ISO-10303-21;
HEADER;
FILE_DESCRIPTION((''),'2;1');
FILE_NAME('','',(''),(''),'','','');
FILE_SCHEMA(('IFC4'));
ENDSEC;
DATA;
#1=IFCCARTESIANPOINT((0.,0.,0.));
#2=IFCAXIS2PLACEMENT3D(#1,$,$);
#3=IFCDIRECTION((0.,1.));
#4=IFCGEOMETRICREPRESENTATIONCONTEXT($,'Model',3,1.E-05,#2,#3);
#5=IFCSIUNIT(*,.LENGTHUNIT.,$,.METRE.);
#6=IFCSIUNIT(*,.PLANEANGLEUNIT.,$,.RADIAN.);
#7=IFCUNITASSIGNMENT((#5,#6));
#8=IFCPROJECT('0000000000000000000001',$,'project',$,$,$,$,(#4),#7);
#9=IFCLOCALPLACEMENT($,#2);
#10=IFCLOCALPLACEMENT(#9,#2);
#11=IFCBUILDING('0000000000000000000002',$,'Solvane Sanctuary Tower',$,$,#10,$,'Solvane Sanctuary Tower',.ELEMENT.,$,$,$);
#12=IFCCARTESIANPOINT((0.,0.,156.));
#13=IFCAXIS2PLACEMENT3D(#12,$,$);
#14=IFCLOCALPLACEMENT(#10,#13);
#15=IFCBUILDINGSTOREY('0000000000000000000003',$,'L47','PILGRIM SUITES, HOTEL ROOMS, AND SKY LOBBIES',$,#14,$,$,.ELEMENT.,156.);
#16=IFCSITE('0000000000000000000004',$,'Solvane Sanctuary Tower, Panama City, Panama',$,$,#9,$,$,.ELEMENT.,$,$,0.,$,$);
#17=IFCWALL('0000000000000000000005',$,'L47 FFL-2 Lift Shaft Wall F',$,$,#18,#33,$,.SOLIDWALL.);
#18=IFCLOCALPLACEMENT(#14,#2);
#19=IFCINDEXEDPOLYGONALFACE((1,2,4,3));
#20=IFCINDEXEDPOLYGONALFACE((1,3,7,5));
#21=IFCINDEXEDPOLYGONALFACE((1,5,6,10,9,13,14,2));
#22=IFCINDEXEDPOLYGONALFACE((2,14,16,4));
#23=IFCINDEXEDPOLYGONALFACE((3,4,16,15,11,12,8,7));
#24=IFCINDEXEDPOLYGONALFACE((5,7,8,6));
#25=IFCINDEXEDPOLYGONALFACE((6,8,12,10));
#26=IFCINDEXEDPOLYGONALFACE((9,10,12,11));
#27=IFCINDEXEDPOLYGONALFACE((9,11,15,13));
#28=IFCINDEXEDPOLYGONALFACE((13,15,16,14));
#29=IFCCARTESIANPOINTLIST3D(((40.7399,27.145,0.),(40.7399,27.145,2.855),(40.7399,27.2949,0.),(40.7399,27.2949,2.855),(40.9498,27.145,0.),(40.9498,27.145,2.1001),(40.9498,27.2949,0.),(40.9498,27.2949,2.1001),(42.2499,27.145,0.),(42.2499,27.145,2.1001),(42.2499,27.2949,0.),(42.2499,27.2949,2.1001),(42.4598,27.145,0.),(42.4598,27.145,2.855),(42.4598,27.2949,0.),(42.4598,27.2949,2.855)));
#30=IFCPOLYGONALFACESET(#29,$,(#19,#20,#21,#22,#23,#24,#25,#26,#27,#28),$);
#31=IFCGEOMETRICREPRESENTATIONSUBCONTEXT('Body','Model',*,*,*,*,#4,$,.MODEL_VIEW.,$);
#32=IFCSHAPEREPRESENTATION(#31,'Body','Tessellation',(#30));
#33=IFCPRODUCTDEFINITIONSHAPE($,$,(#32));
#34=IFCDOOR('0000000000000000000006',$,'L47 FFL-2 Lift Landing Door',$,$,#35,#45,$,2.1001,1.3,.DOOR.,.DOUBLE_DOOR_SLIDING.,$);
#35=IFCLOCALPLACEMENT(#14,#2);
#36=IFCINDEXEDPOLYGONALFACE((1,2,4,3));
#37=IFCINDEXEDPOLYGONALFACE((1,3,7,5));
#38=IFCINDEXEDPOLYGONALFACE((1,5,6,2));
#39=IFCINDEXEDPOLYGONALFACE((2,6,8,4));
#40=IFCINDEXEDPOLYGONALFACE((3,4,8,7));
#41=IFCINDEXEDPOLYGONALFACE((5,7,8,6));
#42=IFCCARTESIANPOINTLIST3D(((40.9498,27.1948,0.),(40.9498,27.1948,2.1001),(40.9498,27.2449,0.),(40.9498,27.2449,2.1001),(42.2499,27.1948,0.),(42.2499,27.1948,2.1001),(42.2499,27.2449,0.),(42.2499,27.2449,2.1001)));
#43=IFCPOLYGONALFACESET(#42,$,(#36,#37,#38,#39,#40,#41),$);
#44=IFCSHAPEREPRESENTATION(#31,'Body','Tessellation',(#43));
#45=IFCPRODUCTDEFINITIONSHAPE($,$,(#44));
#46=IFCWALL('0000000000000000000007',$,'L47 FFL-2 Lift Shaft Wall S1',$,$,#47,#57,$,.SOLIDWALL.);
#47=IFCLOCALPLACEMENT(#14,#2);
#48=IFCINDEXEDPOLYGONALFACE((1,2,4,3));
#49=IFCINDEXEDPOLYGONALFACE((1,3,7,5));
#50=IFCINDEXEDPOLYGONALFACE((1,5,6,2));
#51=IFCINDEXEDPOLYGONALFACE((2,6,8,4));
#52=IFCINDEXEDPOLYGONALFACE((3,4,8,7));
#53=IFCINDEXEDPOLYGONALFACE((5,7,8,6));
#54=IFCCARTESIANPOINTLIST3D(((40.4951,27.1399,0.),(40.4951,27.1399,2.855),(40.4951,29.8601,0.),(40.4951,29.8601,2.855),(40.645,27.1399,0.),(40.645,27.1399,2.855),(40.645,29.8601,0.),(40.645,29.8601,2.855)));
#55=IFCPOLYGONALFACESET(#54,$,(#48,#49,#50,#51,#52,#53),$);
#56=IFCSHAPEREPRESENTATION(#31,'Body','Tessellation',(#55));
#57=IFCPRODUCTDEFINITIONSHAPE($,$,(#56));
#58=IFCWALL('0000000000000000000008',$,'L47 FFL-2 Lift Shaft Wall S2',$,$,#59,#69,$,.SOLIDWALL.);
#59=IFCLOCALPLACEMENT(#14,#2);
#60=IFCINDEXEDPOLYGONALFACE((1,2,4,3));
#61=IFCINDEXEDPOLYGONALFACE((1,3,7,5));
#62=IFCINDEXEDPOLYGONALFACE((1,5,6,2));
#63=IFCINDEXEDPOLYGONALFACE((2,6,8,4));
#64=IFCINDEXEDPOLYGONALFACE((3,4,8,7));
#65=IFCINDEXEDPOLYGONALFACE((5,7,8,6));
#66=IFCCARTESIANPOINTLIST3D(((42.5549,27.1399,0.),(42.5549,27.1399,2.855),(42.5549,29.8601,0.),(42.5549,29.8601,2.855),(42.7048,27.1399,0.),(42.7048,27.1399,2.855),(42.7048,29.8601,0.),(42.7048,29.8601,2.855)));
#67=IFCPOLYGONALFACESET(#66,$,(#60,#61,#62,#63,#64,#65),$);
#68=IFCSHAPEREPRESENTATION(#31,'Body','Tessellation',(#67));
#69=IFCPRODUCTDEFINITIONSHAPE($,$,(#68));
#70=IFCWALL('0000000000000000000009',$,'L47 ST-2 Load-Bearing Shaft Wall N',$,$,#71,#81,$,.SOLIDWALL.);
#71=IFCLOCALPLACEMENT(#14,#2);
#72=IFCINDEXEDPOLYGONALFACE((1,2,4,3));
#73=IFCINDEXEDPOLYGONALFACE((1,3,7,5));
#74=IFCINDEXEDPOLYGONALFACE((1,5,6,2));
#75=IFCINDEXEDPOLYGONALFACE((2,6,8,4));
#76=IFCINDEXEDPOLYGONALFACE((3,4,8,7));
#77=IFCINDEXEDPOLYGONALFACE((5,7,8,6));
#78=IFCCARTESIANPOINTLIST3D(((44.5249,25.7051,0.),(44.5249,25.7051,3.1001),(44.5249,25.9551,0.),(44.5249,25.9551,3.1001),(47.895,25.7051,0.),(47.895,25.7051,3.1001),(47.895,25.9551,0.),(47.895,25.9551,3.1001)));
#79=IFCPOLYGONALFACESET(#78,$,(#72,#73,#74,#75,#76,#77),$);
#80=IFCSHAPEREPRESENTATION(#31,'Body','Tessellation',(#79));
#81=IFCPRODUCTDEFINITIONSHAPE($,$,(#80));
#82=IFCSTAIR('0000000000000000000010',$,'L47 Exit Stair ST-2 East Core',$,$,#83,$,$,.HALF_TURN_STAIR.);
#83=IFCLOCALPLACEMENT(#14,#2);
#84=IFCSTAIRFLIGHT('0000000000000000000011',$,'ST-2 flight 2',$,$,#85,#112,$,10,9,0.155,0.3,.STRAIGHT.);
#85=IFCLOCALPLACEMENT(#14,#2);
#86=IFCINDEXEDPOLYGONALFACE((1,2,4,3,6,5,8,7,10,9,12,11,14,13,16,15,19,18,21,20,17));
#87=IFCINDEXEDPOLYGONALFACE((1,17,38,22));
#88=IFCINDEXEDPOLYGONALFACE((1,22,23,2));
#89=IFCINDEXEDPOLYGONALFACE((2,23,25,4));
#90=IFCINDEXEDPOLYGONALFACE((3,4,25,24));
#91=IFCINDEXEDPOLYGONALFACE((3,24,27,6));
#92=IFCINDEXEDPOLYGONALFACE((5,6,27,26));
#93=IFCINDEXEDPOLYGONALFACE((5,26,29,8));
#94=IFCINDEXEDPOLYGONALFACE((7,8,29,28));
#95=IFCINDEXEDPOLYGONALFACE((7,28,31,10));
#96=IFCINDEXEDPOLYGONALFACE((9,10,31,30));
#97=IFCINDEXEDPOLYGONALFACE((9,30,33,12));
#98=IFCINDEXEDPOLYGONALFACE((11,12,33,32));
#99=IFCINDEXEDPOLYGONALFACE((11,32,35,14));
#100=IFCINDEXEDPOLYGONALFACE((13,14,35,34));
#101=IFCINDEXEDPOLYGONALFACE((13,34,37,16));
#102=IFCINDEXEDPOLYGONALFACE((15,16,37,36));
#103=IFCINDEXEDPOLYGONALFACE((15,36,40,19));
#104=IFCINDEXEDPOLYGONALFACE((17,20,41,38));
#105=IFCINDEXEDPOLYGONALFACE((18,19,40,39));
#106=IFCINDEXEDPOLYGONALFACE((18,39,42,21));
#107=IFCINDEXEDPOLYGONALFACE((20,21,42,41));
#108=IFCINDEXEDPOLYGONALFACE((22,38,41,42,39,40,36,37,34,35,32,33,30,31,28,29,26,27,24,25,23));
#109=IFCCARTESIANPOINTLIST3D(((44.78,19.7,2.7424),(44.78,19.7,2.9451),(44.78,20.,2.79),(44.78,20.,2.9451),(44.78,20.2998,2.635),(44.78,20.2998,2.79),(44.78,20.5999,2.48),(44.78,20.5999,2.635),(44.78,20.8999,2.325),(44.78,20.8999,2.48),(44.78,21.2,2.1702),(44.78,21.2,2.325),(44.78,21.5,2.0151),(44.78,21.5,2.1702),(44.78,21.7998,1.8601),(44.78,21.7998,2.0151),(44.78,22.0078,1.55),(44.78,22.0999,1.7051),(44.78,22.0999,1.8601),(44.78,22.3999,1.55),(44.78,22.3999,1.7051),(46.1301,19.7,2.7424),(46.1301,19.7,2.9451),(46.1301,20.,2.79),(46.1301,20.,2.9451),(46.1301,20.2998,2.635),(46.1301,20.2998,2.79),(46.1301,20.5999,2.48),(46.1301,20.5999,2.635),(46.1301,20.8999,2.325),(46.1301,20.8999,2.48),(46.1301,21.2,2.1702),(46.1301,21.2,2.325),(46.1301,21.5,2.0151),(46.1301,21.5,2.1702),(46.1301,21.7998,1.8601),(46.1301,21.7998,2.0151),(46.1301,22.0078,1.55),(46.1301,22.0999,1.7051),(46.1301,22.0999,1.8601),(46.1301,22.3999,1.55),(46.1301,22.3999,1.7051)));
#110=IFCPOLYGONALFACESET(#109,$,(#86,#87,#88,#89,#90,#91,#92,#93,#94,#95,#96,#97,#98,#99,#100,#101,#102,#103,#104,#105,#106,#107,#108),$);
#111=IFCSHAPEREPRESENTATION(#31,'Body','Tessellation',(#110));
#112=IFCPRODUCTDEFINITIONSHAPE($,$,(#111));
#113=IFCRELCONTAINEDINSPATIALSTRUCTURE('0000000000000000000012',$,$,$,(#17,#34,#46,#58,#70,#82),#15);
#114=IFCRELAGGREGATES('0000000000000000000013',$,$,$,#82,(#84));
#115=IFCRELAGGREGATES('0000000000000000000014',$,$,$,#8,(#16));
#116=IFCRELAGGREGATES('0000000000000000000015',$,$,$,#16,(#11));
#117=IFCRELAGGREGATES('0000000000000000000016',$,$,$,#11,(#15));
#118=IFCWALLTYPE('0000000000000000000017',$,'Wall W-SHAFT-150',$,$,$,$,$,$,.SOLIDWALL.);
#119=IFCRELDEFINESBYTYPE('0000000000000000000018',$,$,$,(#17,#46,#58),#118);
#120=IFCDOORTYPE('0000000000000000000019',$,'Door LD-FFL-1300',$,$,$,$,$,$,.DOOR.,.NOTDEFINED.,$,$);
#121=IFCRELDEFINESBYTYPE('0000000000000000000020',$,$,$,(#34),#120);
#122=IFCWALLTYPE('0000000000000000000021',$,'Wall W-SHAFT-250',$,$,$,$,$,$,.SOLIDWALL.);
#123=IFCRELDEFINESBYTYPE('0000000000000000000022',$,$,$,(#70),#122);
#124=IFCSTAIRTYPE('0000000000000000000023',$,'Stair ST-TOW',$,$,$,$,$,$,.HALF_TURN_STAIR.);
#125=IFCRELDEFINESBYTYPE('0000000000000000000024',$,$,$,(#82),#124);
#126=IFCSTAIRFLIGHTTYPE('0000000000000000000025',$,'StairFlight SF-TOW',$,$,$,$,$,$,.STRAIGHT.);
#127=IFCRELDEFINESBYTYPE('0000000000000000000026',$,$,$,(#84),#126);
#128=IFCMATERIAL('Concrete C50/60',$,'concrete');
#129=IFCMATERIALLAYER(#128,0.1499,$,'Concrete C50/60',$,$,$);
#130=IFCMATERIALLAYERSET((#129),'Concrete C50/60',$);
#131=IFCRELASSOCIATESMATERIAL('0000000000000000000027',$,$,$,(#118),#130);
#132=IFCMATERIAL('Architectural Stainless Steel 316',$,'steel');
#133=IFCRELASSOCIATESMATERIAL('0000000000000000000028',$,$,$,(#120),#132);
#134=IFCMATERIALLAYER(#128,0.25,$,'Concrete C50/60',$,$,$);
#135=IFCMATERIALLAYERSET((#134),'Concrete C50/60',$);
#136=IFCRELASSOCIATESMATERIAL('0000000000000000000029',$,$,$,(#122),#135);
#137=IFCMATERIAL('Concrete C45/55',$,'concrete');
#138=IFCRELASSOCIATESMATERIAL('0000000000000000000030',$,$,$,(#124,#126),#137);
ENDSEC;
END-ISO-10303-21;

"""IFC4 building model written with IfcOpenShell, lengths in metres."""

from ifc_helpers import new_model, si_unit, direction, frame, frame_2d, origin, place, context, subcontext, project, spatial, polyline, rectangle, outline, extrude, material, layer, layer_set, type_object, element, fill, aggregate, save


model = new_model("IFC4")

# Units and contexts
model_context = context("Model", 3, precision=1e-05, world=origin(), true_north=direction((0.0, 1.0)))
body_context = subcontext(model_context, "Body", "Model", "MODEL_VIEW")
ifc_project = project(units=[si_unit("LENGTHUNIT", "METRE"), si_unit("PLANEANGLEUNIT", "RADIAN")], contexts=[model_context])

# Site, building, storey
site_placement = place(None, origin())
site = spatial("IfcSite", under=ifc_project, at=site_placement, Name="Solvane Sanctuary Tower, Panama City, Panama", CompositionType="ELEMENT", RefElevation=0.0)
building_placement = place(site_placement, origin())
building = spatial("IfcBuilding", under=site, at=building_placement, Name="Solvane Sanctuary Tower", LongName="Solvane Sanctuary Tower", CompositionType="ELEMENT")
storey_placement = place(building_placement, frame((0.0, 0.0, 156.0)))
storey = spatial("IfcBuildingStorey", under=building, at=storey_placement, Name="L47", Description="PILGRIM SUITES, HOTEL ROOMS, AND SKY LOBBIES", CompositionType="ELEMENT", Elevation=156.0)

# Shared definitions
ifc_material_1 = material(Name="Concrete C50/60", Category="concrete")
ifc_layer_1 = layer(ifc_material_1, 0.1499, Name="Concrete C50/60")
ifc_layer_set_1 = layer_set([ifc_layer_1], Name="Concrete C50/60")
wall_type_1 = type_object("IfcWallType", Name="Wall W-SHAFT-150", PredefinedType="SOLIDWALL", material=ifc_layer_set_1)

# Wall, opening, door
wall_1_placement = place(storey_placement, frame((40.74, 27.22, 0.0), z_axis=(0.0, 0.0, 1.0), x_axis=(1.0, 0.0, 0.0)))
wall_1 = element("IfcWall", 1, at=wall_1_placement, inside=storey, type_object=wall_type_1, Name="L47 FFL-2 Lift Shaft Wall F", PredefinedType="SOLIDWALL", context=body_context, shape_type="SweptSolid", body=[
    extrude(rectangle(XDim=1.72, YDim=0.1499, at=frame_2d((0.8599, 0.0))), origin(), (0.0, 0.0, 1.0), 2.855),
])
opening_placement = place(wall_1_placement, frame((0.21, 0.0, 0.0)))
opening = element("IfcOpeningElement", 2, at=opening_placement, cuts=wall_1, PredefinedType="OPENING", context=body_context, shape_type="SweptSolid", body=[
    extrude(rectangle(XDim=1.3, YDim=2.1001, at=frame_2d((0.6499, 1.05))), frame((0.0, 0.085, 0.0), z_axis=(0.0, -1.0, 0.0), x_axis=(1.0, 0.0, 0.0)), (0.0, 0.0, 1.0), 0.1699),
])
ifc_material_2 = material(Name="Architectural Stainless Steel 316", Category="steel")
door_type = type_object("IfcDoorType", Name="Door LD-FFL-1300", OperationType="NOTDEFINED", PredefinedType="DOOR", material=ifc_material_2)
door_placement = place(opening_placement, origin())
door = element("IfcDoor", 3, at=door_placement, inside=storey, type_object=door_type, Name="L47 FFL-2 Lift Landing Door", OperationType="DOUBLE_DOOR_SLIDING", OverallHeight=2.1001, OverallWidth=1.3, PredefinedType="DOOR", context=body_context, shape_type="SweptSolid", body=[
    extrude(rectangle(XDim=1.3, YDim=2.1001, at=frame_2d((0.6499, 1.05))), frame((0.0, 0.0249, 0.0), z_axis=(0.0, -1.0, 0.0), x_axis=(1.0, 0.0, 0.0)), (0.0, 0.0, 1.0), 0.05),
])
fill(opening, door)

# Walls
for number, where, z_axis, x_axis, name in (
    (4, (40.5701, 27.1399, 0.0), (0.0, 0.0, 1.0), (0.0, 1.0, 0.0), "L47 FFL-2 Lift Shaft Wall S1"),
    (5, (42.6299, 27.1399, 0.0), (0.0, 0.0, 1.0), (0.0, 1.0, 0.0), "L47 FFL-2 Lift Shaft Wall S2"),
):
    element("IfcWall", number, at=place(storey_placement, frame(where, z_axis=z_axis, x_axis=x_axis)), inside=storey, type_object=wall_type_1, Name=name, PredefinedType="SOLIDWALL", context=body_context, shape_type="SweptSolid", body=[
        extrude(rectangle(XDim=2.7202, YDim=0.1499, at=frame_2d((1.3601, 0.0))), origin(), (0.0, 0.0, 1.0), 2.855),
    ])
ifc_layer_2 = layer(ifc_material_1, 0.25, Name="Concrete C50/60")
ifc_layer_set_2 = layer_set([ifc_layer_2], Name="Concrete C50/60")
wall_type_2 = type_object("IfcWallType", Name="Wall W-SHAFT-250", PredefinedType="SOLIDWALL", material=ifc_layer_set_2)
wall_2_placement = place(storey_placement, frame((44.5249, 25.8301, 0.0), z_axis=(0.0, 0.0, 1.0), x_axis=(1.0, 0.0, 0.0)))
element("IfcWall", 6, at=wall_2_placement, inside=storey, type_object=wall_type_2, Name="L47 ST-2 Load-Bearing Shaft Wall N", PredefinedType="SOLIDWALL", context=body_context, shape_type="SweptSolid", body=[
    extrude(rectangle(XDim=3.3701, YDim=0.25, at=frame_2d((1.6851, 0.0))), origin(), (0.0, 0.0, 1.0), 3.1001),
])

# Stair, stair flight
ifc_material_3 = material(Name="Concrete C45/55", Category="concrete")
stair_type = type_object("IfcStairType", Name="Stair ST-TOW", PredefinedType="HALF_TURN_STAIR", material=ifc_material_3)
stair_placement = place(storey_placement, origin())
stair = element("IfcStair", 7, at=stair_placement, inside=storey, type_object=stair_type, Name="L47 Exit Stair ST-2 East Core", PredefinedType="HALF_TURN_STAIR")
stair_flight_type = type_object("IfcStairFlightType", Name="StairFlight SF-TOW", PredefinedType="STRAIGHT", material=ifc_material_3)
stair_flight_placement = place(storey_placement, frame((45.4551, 22.3999, 1.55), z_axis=(0.0, 0.0, 1.0), x_axis=(0.0, -1.0, 0.0)))
stair_flight = element("IfcStairFlight", 8, at=stair_flight_placement, type_object=stair_flight_type, Name="ST-2 flight 2", NumberOfRisers=10, NumberOfTreads=9, PredefinedType="STRAIGHT", RiserHeight=0.155, TreadLength=0.3, context=body_context, shape_type="SweptSolid", body=[
    extrude(outline(polyline([(0.0, 0.0), (0.0, 0.155), (0.3, 0.155), (0.3, 0.3101), (0.6001, 0.3101), (0.6001, 0.4651), (0.8999, 0.4651), (0.8999, 0.6201), (1.2, 0.6201), (1.2, 0.7749), (1.5, 0.7749), (1.5, 0.9299), (1.8, 0.9299), (1.8, 1.085), (2.1001, 1.085), (2.1001, 1.24), (2.3999, 1.24), (2.3999, 1.395), (2.7, 1.395), (2.7, 1.55), (2.7, 1.1924), (0.3921, 0.0), (0.0, 0.0)])), frame((0.0, 0.675, 0.0), z_axis=(0.0, -1.0, 0.0), x_axis=(1.0, 0.0, 0.0)), (0.0, 0.0, 1.0), 1.3501),
])
aggregate(stair, [stair_flight])

save(model, "model.ifc")
